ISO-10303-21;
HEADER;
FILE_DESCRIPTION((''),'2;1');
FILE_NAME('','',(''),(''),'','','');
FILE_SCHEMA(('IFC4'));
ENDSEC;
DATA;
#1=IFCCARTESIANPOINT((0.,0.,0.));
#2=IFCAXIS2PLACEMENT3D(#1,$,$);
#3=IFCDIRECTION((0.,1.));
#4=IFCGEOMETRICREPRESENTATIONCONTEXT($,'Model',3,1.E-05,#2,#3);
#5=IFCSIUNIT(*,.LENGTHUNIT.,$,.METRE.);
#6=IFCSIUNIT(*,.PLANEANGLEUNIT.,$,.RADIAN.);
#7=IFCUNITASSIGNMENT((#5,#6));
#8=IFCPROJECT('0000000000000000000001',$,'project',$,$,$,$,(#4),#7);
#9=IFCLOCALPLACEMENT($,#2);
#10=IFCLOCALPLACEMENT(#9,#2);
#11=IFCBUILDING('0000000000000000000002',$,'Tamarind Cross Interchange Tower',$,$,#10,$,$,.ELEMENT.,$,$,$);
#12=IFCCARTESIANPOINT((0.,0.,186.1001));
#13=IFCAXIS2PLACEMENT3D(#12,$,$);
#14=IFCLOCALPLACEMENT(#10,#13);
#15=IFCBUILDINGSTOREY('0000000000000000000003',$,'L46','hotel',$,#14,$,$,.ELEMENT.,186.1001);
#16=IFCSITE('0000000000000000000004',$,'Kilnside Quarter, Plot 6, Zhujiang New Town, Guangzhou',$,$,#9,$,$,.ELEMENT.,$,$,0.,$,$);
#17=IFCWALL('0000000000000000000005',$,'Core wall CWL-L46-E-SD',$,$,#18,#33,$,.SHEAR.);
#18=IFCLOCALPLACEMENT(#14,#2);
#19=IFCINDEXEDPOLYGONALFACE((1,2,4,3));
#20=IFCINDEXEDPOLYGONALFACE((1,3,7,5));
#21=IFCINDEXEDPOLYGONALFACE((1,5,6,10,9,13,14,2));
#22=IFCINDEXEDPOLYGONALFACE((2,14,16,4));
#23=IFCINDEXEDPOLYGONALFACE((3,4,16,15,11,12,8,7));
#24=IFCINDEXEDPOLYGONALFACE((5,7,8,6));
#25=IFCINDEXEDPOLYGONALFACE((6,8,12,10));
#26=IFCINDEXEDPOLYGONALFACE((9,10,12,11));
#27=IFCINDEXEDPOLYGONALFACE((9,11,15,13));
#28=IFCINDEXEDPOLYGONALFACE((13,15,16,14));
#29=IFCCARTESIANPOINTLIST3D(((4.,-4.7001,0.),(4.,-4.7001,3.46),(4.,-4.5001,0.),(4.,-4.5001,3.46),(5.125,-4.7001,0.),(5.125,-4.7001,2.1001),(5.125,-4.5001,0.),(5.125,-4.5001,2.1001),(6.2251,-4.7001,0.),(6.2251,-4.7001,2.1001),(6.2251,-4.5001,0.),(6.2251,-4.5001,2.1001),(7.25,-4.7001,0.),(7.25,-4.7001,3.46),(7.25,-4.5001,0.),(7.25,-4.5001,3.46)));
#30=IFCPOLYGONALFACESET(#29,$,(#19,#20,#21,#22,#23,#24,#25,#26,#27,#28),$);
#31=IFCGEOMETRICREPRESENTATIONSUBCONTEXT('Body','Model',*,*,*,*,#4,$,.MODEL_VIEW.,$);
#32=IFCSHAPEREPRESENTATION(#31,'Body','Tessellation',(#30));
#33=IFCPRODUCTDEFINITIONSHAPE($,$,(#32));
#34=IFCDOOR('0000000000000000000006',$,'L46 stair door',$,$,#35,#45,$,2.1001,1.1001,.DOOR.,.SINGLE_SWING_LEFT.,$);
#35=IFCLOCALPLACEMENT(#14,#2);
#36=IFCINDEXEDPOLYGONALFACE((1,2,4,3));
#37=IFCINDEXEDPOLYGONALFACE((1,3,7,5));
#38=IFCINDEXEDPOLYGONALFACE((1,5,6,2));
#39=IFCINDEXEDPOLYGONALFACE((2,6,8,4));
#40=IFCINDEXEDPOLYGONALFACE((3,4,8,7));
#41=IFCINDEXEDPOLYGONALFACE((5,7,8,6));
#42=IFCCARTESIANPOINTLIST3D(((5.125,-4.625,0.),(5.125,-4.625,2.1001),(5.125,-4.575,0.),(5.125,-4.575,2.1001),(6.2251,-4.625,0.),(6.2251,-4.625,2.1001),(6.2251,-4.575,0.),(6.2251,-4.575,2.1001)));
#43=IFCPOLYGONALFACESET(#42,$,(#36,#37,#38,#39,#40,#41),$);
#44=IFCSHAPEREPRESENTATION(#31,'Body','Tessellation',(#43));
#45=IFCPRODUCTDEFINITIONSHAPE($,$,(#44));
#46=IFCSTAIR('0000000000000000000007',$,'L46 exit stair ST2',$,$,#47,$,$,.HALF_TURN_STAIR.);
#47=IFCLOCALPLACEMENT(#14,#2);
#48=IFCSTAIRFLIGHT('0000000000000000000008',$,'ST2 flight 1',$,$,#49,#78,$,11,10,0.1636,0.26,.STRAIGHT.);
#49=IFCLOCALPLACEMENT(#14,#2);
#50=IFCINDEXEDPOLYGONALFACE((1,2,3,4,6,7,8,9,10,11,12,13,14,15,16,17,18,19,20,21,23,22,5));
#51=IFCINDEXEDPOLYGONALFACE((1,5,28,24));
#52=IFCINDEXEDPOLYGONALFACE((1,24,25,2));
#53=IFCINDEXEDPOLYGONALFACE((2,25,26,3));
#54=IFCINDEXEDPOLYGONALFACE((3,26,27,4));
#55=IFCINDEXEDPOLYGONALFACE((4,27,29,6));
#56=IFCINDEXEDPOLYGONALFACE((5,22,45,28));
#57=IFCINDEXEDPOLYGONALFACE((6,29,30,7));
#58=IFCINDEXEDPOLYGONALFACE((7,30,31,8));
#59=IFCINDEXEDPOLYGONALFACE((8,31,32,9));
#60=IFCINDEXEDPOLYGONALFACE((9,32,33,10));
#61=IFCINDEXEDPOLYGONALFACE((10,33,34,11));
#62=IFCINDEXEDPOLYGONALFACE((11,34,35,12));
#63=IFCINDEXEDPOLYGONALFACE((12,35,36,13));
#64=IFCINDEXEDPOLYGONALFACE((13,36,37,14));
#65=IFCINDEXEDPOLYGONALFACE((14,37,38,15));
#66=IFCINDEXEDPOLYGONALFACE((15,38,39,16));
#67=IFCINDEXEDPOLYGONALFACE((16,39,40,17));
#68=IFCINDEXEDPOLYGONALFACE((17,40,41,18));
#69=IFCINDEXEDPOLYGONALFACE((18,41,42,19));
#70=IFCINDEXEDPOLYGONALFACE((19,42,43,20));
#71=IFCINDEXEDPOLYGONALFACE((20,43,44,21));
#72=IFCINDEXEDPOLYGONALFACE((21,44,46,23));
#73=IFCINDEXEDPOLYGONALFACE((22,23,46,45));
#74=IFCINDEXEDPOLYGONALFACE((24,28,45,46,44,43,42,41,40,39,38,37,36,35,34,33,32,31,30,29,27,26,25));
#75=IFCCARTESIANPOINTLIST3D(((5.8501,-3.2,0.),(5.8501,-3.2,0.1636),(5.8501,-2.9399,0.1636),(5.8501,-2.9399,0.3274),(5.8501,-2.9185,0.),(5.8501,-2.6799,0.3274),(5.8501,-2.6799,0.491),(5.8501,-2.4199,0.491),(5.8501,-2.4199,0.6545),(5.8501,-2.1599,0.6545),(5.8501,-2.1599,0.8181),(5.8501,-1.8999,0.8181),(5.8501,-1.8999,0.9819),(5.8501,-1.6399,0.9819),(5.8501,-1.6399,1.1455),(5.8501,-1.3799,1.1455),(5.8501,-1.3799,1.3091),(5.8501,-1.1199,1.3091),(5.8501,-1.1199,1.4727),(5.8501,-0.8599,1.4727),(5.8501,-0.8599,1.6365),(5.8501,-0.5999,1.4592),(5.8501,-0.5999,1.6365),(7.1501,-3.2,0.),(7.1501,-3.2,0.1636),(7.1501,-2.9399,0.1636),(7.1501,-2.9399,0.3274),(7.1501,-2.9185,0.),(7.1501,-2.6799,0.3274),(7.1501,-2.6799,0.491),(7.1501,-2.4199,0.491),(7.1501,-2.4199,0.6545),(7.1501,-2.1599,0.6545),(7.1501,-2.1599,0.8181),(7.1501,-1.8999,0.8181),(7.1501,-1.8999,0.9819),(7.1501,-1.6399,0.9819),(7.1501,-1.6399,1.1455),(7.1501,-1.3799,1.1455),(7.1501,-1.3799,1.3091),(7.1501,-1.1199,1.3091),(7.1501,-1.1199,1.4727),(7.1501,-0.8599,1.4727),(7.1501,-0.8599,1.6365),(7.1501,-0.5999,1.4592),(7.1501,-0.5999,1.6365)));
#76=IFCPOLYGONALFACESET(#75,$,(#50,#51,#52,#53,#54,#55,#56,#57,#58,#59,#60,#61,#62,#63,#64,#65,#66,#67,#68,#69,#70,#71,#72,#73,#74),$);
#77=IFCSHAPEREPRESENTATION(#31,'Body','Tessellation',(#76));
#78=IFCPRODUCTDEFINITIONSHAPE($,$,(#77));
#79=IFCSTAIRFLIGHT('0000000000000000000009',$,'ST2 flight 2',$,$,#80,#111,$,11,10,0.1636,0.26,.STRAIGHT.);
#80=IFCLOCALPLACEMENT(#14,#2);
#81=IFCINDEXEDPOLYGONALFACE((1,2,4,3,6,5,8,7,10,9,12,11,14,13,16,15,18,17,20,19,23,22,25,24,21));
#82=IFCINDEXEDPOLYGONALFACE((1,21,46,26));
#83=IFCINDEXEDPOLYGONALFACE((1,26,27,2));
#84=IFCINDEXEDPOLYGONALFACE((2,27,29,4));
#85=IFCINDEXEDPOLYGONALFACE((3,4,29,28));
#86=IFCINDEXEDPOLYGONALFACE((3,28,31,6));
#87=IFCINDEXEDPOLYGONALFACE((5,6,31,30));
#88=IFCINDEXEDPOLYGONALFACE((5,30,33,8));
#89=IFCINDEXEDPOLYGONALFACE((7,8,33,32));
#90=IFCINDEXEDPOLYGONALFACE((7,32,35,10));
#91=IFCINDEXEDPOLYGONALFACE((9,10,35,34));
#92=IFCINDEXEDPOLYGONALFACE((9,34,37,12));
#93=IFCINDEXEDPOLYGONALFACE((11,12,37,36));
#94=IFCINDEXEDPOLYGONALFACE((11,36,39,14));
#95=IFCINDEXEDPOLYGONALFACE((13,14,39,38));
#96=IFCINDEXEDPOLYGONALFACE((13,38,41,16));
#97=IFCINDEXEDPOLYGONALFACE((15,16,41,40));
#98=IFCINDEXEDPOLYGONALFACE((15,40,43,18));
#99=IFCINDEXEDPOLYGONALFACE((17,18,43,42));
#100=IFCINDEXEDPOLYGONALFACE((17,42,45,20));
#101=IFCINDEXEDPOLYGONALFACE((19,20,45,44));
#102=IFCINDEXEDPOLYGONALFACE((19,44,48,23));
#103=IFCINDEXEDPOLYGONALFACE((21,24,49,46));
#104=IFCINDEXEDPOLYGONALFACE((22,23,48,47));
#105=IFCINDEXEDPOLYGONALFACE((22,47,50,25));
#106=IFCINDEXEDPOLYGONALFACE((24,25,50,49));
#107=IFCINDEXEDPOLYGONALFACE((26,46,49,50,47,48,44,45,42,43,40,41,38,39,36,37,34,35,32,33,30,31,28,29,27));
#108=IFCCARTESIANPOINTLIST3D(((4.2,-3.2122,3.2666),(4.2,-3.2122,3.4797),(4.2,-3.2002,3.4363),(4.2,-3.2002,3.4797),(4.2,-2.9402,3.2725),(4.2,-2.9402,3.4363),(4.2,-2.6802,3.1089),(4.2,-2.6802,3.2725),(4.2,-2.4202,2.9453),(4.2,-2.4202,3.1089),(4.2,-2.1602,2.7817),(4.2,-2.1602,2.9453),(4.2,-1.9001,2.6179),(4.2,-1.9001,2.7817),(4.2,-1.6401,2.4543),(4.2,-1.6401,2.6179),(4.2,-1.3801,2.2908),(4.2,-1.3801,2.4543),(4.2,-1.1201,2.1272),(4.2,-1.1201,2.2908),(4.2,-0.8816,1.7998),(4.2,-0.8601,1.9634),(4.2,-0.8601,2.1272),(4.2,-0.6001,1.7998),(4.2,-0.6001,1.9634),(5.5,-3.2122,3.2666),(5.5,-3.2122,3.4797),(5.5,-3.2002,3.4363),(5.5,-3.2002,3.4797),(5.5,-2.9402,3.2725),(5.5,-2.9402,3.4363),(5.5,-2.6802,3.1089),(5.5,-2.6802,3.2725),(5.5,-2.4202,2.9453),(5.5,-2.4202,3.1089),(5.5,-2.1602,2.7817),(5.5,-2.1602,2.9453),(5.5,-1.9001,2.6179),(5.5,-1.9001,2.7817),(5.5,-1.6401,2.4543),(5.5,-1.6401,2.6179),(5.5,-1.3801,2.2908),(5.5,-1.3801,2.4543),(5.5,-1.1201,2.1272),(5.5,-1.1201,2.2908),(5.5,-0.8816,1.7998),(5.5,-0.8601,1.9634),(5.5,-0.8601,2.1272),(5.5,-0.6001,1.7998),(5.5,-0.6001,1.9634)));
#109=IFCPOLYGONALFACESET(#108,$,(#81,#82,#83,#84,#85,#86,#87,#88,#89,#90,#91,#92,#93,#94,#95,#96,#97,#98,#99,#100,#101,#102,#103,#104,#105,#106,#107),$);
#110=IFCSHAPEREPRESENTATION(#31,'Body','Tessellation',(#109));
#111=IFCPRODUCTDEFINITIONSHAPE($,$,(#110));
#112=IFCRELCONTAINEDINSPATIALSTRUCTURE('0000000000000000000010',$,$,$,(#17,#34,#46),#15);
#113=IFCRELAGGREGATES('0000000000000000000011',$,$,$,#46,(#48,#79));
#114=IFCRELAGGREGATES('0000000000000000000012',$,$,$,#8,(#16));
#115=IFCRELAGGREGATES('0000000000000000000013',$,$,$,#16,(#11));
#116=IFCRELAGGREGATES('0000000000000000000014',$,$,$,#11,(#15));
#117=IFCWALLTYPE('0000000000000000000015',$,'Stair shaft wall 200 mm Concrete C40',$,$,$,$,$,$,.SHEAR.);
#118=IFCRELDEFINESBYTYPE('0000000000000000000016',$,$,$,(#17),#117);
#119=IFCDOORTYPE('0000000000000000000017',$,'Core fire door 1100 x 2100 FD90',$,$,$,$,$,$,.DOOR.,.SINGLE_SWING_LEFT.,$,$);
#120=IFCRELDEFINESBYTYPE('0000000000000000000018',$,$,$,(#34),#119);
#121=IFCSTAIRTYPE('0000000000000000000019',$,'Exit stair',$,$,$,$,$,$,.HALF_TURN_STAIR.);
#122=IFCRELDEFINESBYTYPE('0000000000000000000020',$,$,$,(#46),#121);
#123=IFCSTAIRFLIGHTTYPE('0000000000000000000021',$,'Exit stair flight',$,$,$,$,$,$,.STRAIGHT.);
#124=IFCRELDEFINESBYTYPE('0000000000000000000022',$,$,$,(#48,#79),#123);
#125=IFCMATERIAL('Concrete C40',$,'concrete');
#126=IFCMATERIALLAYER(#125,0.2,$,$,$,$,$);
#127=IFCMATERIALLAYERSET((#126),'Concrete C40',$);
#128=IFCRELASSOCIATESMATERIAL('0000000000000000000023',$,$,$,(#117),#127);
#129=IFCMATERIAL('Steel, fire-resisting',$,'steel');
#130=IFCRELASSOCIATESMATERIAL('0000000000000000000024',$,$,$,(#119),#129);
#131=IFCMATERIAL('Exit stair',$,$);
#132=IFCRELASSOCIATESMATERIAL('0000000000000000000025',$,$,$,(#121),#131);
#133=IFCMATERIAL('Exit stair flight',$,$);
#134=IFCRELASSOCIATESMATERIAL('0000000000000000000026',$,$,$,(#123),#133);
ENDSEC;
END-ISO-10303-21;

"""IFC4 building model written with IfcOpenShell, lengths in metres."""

from ifc_helpers import new_model, si_unit, direction, frame, frame_2d, origin, place, context, subcontext, project, spatial, polyline, rectangle, outline, extrude, material, layer, layer_set, type_object, element, fill, aggregate, save


model = new_model("IFC4")

# Units and contexts
model_context = context("Model", 3, precision=1e-05, world=origin(), true_north=direction((0.0, 1.0)))
body_context = subcontext(model_context, "Body", "Model", "MODEL_VIEW")
ifc_project = project(units=[si_unit("LENGTHUNIT", "METRE"), si_unit("PLANEANGLEUNIT", "RADIAN")], contexts=[model_context])

# Site, building, storey
site_placement = place(None, origin())
site = spatial("IfcSite", under=ifc_project, at=site_placement, Name="Kilnside Quarter, Plot 6, Zhujiang New Town, Guangzhou", CompositionType="ELEMENT", RefElevation=0.0)
building_placement = place(site_placement, origin())
building = spatial("IfcBuilding", under=site, at=building_placement, Name="Tamarind Cross Interchange Tower", CompositionType="ELEMENT")
storey_placement = place(building_placement, frame((0.0, 0.0, 186.1001)))
storey = spatial("IfcBuildingStorey", under=building, at=storey_placement, Name="L46", Description="hotel", CompositionType="ELEMENT", Elevation=186.1001)

# Shared definitions
ifc_material_1 = material(Name="Steel, fire-resisting", Category="steel")

# Wall, opening, door
ifc_material_2 = material(Name="Concrete C40", Category="concrete")
ifc_layer_1 = layer(ifc_material_2, 0.2)
ifc_layer_set_1 = layer_set([ifc_layer_1], Name="Concrete C40")
wall_type_1 = type_object("IfcWallType", Name="Stair shaft wall 200 mm Concrete C40", PredefinedType="SHEAR", material=ifc_layer_set_1)
wall_1_placement = place(storey_placement, frame((7.25, -4.6001, 0.0), z_axis=(0.0, 0.0, 1.0), x_axis=(-1.0, 0.0, 0.0)))
wall_1 = element("IfcWall", 1, at=wall_1_placement, inside=storey, type_object=wall_type_1, Name="Core wall CWL-L46-E-SD", PredefinedType="SHEAR", context=body_context, shape_type="SweptSolid", body=[
    extrude(rectangle(XDim=3.25, YDim=0.2, at=frame_2d((1.625, 0.0))), origin(), (0.0, 0.0, 1.0), 3.46),
])
opening_1_placement = place(wall_1_placement, frame((1.0249, 0.0, 0.0)))
opening_1 = element("IfcOpeningElement", 2, at=opening_1_placement, cuts=wall_1, PredefinedType="OPENING", context=body_context, shape_type="SweptSolid", body=[
    extrude(rectangle(XDim=1.1001, YDim=2.1001, at=frame_2d((0.55, 1.05))), frame((0.0, 0.1099, 0.0), z_axis=(0.0, -1.0, 0.0), x_axis=(1.0, 0.0, 0.0)), (0.0, 0.0, 1.0), 0.22),
])
door_type_1 = type_object("IfcDoorType", Name="Core fire door 1100 x 2100 FD90", OperationType="SINGLE_SWING_LEFT", PredefinedType="DOOR", material=ifc_material_1)
door_1_placement = place(opening_1_placement, origin())
door_1 = element("IfcDoor", 3, at=door_1_placement, inside=storey, type_object=door_type_1, Name="L46 stair door", OperationType="SINGLE_SWING_LEFT", OverallHeight=2.1001, OverallWidth=1.1001, PredefinedType="DOOR", context=body_context, shape_type="SweptSolid", body=[
    extrude(rectangle(XDim=1.1001, YDim=2.1001, at=frame_2d((0.55, 1.05))), frame((0.0, 0.0249, 0.0), z_axis=(0.0, -1.0, 0.0), x_axis=(1.0, 0.0, 0.0)), (0.0, 0.0, 1.0), 0.05),
])
fill(opening_1, door_1)

# Stair, stair flights
ifc_material_3 = material(Name="Exit stair")
stair_type = type_object("IfcStairType", Name="Exit stair", PredefinedType="HALF_TURN_STAIR", material=ifc_material_3)
stair_placement = place(storey_placement, origin())
stair = element("IfcStair", 4, at=stair_placement, inside=storey, type_object=stair_type, Name="L46 exit stair ST2", PredefinedType="HALF_TURN_STAIR")
ifc_material_4 = material(Name="Exit stair flight")
stair_flight_type = type_object("IfcStairFlightType", Name="Exit stair flight", PredefinedType="STRAIGHT", material=ifc_material_4)
stair_flight_1_placement = place(storey_placement, frame((6.5, -3.2, 0.0), z_axis=(0.0, 0.0, 1.0), x_axis=(0.0, 1.0, 0.0)))
stair_flight_1 = element("IfcStairFlight", 5, at=stair_flight_1_placement, type_object=stair_flight_type, Name="ST2 flight 1", NumberOfRisers=11, NumberOfTreads=10, PredefinedType="STRAIGHT", RiserHeight=0.1636, TreadLength=0.26, context=body_context, shape_type="SweptSolid", body=[
    extrude(outline(polyline([(0.0, 0.0), (0.0, 0.1636), (0.26, 0.1636), (0.26, 0.3274), (0.52, 0.3274), (0.52, 0.491), (0.78, 0.491), (0.78, 0.6545), (1.04, 0.6545), (1.04, 0.8181), (1.3, 0.8181), (1.3, 0.9819), (1.5601, 0.9819), (1.5601, 1.1455), (1.8201, 1.1455), (1.8201, 1.3091), (2.0801, 1.3091), (2.0801, 1.4727), (2.3401, 1.4727), (2.3401, 1.6365), (2.6001, 1.6365), (2.6001, 1.8), (2.6001, 1.4592), (0.2815, 0.0), (0.0, 0.0)])), frame((0.0, 0.6499, 0.0), z_axis=(0.0, -1.0, 0.0), x_axis=(1.0, 0.0, 0.0)), (0.0, 0.0, 1.0), 1.3),
])
stair_flight_2_placement = place(storey_placement, frame((4.8501, -0.6001, 1.7998), z_axis=(0.0, 0.0, 1.0), x_axis=(0.0, -1.0, 0.0)))
stair_flight_2 = element("IfcStairFlight", 6, at=stair_flight_2_placement, type_object=stair_flight_type, Name="ST2 flight 2", NumberOfRisers=11, NumberOfTreads=10, PredefinedType="STRAIGHT", RiserHeight=0.1636, TreadLength=0.26, context=body_context, shape_type="SweptSolid", body=[
    extrude(outline(polyline([(0.0, 0.0), (0.0, 0.1636), (0.26, 0.1636), (0.26, 0.3274), (0.52, 0.3274), (0.52, 0.491), (0.78, 0.491), (0.78, 0.6545), (1.04, 0.6545), (1.04, 0.8181), (1.3, 0.8181), (1.3, 0.9819), (1.5601, 0.9819), (1.5601, 1.1455), (1.8201, 1.1455), (1.8201, 1.3091), (2.0801, 1.3091), (2.0801, 1.4727), (2.3401, 1.4727), (2.3401, 1.6365), (2.6001, 1.6365), (2.6001, 1.6799), (2.6121, 1.6799), (2.6121, 1.4668), (0.2815, 0.0), (0.0, 0.0)])), frame((0.0, 0.6499, 0.0), z_axis=(0.0, -1.0, 0.0), x_axis=(1.0, 0.0, 0.0)), (0.0, 0.0, 1.0), 1.3),
])
aggregate(stair, [stair_flight_1, stair_flight_2])

save(model, "model.ifc")
